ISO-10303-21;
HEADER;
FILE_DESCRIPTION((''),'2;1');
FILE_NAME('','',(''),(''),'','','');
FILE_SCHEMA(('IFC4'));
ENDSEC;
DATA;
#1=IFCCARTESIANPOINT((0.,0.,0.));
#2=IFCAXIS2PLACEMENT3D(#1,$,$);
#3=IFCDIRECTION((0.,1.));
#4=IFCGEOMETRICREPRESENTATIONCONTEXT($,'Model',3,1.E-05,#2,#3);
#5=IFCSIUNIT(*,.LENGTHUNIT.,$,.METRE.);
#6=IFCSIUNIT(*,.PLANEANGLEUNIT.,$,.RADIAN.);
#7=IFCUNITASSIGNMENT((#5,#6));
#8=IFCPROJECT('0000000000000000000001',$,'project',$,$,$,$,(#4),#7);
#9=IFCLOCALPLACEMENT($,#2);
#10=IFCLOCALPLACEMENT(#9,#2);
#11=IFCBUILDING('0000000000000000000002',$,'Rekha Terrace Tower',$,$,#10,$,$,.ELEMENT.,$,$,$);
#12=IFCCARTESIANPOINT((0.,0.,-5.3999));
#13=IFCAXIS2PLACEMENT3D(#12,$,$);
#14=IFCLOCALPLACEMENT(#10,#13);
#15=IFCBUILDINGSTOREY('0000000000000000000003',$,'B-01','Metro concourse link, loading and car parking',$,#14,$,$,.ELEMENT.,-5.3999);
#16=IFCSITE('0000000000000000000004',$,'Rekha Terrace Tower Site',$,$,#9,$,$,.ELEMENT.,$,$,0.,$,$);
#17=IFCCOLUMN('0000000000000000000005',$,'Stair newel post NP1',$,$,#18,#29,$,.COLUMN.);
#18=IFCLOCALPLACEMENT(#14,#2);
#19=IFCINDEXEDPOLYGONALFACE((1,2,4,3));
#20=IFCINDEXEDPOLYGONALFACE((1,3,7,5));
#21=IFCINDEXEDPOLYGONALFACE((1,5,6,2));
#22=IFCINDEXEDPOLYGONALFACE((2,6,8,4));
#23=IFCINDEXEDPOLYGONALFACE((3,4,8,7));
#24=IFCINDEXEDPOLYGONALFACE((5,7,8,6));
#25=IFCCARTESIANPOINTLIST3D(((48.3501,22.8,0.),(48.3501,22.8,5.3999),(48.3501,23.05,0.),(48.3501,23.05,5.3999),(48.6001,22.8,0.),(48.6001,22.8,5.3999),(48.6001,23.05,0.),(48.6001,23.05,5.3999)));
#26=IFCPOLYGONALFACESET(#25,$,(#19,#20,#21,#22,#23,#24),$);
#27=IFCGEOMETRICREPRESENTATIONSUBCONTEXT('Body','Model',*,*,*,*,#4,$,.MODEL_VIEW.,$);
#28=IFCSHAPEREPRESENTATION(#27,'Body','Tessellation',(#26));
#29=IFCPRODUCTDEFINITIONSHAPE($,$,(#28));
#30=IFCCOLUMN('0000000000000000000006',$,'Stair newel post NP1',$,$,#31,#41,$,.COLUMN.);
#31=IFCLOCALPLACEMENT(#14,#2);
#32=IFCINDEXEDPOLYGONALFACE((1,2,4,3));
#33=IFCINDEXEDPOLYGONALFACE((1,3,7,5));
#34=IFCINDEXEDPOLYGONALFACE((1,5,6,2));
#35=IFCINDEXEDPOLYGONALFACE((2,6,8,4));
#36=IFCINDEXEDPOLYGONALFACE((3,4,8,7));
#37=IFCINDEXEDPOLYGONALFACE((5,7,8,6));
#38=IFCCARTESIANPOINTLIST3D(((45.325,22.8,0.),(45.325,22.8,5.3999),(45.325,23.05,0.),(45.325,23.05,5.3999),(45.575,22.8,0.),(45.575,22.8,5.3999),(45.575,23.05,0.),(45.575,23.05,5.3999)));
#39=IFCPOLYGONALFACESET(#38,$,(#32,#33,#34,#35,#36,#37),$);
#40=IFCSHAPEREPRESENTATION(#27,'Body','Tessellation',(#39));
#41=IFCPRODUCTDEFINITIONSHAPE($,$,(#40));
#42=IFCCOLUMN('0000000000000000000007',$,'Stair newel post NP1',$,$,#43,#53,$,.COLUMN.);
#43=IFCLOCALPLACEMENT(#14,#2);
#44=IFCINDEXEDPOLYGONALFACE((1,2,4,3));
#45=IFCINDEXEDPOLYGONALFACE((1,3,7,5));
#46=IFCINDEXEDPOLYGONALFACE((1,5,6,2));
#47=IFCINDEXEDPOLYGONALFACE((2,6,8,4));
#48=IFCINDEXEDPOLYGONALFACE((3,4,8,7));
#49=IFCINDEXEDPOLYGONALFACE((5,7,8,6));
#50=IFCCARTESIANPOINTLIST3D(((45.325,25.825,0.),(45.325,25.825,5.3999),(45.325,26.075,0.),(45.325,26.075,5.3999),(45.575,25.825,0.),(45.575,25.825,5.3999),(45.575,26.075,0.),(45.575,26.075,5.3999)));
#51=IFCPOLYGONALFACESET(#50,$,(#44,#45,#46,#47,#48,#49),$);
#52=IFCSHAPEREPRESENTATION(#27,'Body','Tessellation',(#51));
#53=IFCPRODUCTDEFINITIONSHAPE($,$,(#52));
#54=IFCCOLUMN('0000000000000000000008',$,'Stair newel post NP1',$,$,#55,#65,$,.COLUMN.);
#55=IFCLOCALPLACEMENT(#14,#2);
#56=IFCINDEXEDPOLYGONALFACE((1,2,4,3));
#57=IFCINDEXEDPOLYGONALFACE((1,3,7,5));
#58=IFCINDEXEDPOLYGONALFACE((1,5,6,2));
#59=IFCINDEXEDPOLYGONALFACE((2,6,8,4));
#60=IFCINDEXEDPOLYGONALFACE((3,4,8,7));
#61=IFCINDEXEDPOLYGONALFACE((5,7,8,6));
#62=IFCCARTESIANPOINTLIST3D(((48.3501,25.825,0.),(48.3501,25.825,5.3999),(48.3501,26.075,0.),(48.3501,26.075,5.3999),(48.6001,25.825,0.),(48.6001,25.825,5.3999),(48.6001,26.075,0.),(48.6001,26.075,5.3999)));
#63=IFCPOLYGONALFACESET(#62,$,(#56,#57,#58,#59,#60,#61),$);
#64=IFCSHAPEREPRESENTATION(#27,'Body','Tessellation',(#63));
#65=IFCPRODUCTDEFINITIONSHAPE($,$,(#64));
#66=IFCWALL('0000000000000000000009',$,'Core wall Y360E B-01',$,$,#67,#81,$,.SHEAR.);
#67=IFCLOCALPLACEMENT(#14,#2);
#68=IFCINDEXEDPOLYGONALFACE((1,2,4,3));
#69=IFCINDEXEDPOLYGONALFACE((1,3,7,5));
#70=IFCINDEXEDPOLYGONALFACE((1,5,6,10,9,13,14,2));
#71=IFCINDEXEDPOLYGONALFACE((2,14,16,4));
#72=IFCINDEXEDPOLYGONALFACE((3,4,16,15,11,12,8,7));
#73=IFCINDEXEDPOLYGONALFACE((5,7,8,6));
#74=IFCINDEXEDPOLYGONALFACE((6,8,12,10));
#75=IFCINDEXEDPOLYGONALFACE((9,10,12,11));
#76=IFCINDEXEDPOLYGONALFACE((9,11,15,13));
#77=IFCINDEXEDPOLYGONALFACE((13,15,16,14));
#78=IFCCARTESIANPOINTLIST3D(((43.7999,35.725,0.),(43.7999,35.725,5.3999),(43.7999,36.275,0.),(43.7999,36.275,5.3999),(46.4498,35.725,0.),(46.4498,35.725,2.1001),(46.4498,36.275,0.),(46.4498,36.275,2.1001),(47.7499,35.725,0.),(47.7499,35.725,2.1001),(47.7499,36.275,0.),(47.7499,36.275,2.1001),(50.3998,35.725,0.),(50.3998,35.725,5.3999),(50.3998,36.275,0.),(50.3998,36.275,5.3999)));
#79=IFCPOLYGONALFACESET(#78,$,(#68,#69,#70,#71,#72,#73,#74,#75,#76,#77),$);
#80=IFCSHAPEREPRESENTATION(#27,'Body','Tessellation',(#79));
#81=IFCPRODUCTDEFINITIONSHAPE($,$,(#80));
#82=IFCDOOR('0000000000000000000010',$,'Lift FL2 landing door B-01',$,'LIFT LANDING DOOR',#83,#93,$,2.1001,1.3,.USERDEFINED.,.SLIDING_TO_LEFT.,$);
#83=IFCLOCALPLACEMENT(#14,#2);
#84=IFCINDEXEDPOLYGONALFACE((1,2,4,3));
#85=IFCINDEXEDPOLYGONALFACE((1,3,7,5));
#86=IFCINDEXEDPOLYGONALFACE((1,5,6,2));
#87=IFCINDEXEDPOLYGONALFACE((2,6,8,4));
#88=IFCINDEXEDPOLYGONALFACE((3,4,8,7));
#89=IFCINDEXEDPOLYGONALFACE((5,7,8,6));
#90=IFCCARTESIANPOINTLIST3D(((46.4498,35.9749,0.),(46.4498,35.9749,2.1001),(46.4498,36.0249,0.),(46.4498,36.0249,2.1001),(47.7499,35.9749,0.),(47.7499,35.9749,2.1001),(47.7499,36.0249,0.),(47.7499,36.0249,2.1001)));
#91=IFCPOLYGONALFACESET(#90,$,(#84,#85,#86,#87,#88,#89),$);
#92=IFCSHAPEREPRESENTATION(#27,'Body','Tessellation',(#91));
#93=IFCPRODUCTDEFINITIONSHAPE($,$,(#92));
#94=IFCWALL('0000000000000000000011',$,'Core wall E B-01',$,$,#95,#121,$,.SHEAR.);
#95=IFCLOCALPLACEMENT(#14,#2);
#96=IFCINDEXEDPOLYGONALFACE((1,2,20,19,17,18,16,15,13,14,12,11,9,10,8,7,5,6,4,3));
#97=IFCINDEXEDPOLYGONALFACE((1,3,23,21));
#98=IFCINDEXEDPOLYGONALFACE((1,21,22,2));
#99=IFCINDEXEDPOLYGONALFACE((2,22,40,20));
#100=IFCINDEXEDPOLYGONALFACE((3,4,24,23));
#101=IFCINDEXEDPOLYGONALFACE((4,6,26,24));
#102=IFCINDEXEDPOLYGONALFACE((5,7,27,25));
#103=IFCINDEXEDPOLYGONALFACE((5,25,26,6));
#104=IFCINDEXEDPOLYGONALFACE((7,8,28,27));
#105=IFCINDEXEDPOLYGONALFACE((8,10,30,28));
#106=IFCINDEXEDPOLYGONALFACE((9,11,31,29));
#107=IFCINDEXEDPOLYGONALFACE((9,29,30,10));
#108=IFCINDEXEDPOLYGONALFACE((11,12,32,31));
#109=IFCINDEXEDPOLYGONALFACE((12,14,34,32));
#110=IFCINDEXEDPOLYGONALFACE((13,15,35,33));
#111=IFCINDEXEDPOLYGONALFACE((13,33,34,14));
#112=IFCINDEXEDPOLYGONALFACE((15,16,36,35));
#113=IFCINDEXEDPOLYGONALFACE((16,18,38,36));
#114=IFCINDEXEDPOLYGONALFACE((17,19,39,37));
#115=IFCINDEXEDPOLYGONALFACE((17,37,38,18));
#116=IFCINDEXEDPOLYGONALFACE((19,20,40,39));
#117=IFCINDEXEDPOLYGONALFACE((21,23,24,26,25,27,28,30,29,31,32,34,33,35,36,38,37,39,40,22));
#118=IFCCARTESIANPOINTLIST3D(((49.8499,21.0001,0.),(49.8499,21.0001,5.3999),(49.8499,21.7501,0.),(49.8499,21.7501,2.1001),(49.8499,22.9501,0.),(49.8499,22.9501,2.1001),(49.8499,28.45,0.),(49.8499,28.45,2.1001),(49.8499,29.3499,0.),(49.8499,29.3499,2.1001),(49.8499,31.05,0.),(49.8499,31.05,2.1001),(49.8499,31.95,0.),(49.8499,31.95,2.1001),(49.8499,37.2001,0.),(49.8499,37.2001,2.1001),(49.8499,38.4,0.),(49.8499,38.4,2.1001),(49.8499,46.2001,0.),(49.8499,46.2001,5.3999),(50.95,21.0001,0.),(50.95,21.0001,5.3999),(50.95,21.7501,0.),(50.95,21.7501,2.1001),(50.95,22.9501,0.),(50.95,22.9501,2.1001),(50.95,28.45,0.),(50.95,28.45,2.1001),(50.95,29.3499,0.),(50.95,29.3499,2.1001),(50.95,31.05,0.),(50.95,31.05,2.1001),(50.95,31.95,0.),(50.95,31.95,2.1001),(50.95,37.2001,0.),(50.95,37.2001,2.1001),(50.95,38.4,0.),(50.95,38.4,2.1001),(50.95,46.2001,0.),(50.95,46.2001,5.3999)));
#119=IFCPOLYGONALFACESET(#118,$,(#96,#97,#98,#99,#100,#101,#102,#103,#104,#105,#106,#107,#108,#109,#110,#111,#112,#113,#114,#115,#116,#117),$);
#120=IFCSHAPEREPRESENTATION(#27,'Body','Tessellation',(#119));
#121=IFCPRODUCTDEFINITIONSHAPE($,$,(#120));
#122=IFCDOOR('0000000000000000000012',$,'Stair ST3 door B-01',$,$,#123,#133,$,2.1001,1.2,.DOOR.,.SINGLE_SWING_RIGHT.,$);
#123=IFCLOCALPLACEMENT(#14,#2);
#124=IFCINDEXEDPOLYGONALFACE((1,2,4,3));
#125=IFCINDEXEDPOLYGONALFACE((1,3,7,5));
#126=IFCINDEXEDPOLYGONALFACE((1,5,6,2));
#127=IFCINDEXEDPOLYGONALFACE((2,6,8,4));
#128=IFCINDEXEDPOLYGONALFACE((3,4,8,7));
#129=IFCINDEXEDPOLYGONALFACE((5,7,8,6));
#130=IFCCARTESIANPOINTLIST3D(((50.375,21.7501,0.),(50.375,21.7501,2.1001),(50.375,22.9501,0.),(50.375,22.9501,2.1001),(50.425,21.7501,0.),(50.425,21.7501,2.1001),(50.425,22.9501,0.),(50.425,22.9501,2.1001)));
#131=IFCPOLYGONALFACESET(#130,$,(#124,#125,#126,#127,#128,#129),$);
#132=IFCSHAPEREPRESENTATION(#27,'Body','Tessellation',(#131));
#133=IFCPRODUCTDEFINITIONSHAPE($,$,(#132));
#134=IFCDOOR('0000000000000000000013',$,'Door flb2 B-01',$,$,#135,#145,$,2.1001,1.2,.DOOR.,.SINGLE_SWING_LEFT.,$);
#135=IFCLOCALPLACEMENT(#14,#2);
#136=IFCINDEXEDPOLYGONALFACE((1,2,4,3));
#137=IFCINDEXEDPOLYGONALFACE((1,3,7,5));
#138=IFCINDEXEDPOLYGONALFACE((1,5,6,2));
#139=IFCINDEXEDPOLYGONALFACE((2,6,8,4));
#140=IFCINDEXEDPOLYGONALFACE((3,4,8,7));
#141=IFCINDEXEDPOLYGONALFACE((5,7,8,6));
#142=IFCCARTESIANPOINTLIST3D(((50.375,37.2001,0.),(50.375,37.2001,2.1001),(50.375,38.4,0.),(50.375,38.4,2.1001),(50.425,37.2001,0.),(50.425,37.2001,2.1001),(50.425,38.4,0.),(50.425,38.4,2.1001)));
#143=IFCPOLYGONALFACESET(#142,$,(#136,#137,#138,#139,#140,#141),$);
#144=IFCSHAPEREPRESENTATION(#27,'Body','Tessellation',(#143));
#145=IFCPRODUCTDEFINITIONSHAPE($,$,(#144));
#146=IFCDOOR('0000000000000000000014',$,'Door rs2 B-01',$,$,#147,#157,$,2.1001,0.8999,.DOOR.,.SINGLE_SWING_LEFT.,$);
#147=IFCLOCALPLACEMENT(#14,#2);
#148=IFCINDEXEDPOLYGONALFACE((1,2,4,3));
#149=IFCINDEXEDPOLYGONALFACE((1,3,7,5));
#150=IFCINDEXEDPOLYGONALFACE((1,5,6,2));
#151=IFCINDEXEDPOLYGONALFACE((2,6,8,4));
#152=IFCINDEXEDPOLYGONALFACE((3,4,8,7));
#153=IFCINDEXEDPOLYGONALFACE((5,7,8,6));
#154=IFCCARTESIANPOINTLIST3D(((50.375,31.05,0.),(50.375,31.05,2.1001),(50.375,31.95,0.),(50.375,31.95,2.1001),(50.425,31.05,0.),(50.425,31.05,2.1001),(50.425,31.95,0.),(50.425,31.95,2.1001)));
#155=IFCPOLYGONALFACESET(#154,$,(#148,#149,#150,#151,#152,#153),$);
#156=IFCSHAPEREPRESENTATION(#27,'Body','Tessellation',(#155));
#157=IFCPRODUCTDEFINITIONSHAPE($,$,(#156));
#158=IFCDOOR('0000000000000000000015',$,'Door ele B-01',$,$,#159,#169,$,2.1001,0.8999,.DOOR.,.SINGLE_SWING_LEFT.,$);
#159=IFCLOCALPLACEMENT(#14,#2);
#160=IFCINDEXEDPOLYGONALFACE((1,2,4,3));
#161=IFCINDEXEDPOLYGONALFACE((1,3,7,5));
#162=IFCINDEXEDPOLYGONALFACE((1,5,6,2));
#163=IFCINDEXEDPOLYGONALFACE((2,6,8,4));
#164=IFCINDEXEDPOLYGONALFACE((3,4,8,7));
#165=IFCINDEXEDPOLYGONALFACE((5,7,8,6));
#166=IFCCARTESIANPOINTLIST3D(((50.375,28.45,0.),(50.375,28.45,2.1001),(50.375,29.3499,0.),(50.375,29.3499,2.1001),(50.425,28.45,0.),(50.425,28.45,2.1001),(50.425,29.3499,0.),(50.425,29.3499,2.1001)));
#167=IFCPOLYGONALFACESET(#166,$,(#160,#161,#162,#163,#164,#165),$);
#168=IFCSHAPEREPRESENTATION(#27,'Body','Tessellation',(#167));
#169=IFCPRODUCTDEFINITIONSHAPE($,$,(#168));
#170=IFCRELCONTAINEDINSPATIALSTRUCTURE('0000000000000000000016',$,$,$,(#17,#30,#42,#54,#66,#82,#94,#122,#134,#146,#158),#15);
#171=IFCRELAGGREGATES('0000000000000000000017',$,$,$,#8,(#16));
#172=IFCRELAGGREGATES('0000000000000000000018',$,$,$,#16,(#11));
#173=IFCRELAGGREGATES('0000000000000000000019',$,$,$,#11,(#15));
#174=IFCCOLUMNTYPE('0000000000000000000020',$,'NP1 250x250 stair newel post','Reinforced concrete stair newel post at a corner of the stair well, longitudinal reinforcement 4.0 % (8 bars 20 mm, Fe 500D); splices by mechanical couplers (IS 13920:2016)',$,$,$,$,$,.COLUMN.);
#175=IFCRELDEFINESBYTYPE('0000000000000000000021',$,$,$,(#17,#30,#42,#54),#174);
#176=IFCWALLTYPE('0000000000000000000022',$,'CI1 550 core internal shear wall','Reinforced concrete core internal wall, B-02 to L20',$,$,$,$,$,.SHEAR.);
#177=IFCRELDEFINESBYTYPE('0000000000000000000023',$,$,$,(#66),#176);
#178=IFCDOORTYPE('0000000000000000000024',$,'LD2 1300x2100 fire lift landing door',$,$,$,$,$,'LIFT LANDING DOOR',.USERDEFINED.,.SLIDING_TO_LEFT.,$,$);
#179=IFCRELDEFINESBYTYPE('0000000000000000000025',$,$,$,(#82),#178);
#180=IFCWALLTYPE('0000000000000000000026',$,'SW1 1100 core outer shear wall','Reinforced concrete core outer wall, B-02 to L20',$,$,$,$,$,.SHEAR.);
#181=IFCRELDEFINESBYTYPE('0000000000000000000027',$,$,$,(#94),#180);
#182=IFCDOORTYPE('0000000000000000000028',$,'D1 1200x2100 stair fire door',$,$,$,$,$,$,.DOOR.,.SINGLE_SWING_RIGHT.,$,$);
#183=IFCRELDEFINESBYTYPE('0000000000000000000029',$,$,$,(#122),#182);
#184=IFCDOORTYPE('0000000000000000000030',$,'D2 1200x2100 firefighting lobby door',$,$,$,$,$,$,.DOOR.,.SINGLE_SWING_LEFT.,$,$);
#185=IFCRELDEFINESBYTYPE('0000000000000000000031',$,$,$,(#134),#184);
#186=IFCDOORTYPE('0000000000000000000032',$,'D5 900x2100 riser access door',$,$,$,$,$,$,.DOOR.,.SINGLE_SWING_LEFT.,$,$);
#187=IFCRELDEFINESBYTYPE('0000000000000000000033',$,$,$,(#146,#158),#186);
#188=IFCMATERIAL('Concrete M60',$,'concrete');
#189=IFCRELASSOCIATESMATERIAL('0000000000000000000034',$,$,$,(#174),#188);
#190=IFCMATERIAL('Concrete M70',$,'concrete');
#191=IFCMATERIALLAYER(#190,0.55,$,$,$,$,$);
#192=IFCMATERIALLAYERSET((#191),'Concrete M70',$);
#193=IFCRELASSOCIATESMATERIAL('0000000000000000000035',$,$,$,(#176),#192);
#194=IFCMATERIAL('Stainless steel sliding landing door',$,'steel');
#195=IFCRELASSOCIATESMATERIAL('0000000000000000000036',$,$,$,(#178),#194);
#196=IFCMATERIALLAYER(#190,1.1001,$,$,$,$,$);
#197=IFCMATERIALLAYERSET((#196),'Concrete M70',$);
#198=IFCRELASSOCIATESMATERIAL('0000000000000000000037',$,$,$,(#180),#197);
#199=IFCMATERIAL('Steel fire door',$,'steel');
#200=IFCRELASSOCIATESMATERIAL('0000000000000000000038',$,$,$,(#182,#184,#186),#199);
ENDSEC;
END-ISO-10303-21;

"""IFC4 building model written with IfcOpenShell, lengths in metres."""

from ifc_helpers import new_model, si_unit, direction, frame, frame_2d, origin, origin_2d, place, context, subcontext, project, spatial, rectangle, extrude, material, layer, layer_set, material_profile, profile_set, type_object, element, fill, save


model = new_model("IFC4")

# Units and contexts
model_context = context("Model", 3, precision=1e-05, world=origin(), true_north=direction((0.0, 1.0)))
body_context = subcontext(model_context, "Body", "Model", "MODEL_VIEW")
ifc_project = project(units=[si_unit("LENGTHUNIT", "METRE"), si_unit("PLANEANGLEUNIT", "RADIAN")], contexts=[model_context])

# Site, building, storey
site_placement = place(None, origin())
site = spatial("IfcSite", under=ifc_project, at=site_placement, Name="Rekha Terrace Tower Site", CompositionType="ELEMENT", RefElevation=0.0)
building_placement = place(site_placement, origin())
building = spatial("IfcBuilding", under=site, at=building_placement, Name="Rekha Terrace Tower", CompositionType="ELEMENT")
storey_placement = place(building_placement, frame((0.0, 0.0, -5.3999)))
storey = spatial("IfcBuildingStorey", under=building, at=storey_placement, Name="B-01", Description="Metro concourse link, loading and car parking", CompositionType="ELEMENT", Elevation=-5.3999)

# Columns
ifc_material_1 = material(Name="Concrete M60", Category="concrete")
ifc_material_profile = material_profile(ifc_material_1, rectangle(XDim=0.25, YDim=0.25, at=origin_2d()), Name="RC 250x250")
ifc_profile_set = profile_set([ifc_material_profile], Name="Concrete M60")
column_type = type_object("IfcColumnType", Name="NP1 250x250 stair newel post", Description="Reinforced concrete stair newel post at a corner of the stair well, longitudinal reinforcement 4.0 % (8 bars 20 mm, Fe 500D); splices by mechanical couplers (IS 13920:2016)", PredefinedType="COLUMN", material=ifc_profile_set)
for number, where, z_axis, x_axis, name in (
    (1, (48.4751, 22.925, 0.0), (0.0, 0.0, 1.0), (1.0, 0.0, 0.0), "Stair newel post NP1"),
    (2, (45.45, 22.925, 0.0), (0.0, 0.0, 1.0), (1.0, 0.0, 0.0), "Stair newel post NP1"),
    (3, (45.45, 25.95, 0.0), (0.0, 0.0, 1.0), (1.0, 0.0, 0.0), "Stair newel post NP1"),
    (4, (48.4751, 25.95, 0.0), (0.0, 0.0, 1.0), (1.0, 0.0, 0.0), "Stair newel post NP1"),
):
    element("IfcColumn", number, at=place(storey_placement, frame(where, z_axis=z_axis, x_axis=x_axis)), inside=storey, type_object=column_type, Name=name, PredefinedType="COLUMN", context=body_context, shape_type="SweptSolid", body=[
        extrude(rectangle(XDim=0.25, YDim=0.25, at=origin_2d()), origin(), (0.0, 0.0, 1.0), 5.3999),
    ])

# Wall, opening, door
ifc_material_2 = material(Name="Concrete M70", Category="concrete")
ifc_layer_1 = layer(ifc_material_2, 0.55)
ifc_layer_set_1 = layer_set([ifc_layer_1], Name="Concrete M70")
wall_type_1 = type_object("IfcWallType", Name="CI1 550 core internal shear wall", Description="Reinforced concrete core internal wall, B-02 to L20", PredefinedType="SHEAR", material=ifc_layer_set_1)
wall_1_placement = place(storey_placement, frame((43.8, 36.0, 0.0), z_axis=(0.0, 0.0, 1.0), x_axis=(1.0, 0.0, 0.0)))
wall_1 = element("IfcWall", 5, at=wall_1_placement, inside=storey, type_object=wall_type_1, Name="Core wall Y360E B-01", PredefinedType="SHEAR", context=body_context, shape_type="SweptSolid", body=[
    extrude(rectangle(XDim=6.5999, YDim=0.55, at=frame_2d((3.2998, 0.0))), origin(), (0.0, 0.0, 1.0), 5.3999),
])
opening_1_placement = place(wall_1_placement, frame((2.6499, 0.0, 0.0)))
opening_1 = element("IfcOpeningElement", 6, at=opening_1_placement, cuts=wall_1, PredefinedType="OPENING", context=body_context, shape_type="SweptSolid", body=[
    extrude(rectangle(XDim=1.3, YDim=2.1001, at=frame_2d((0.6499, 1.05))), frame((0.0, 0.2849, 0.0), z_axis=(0.0, -1.0, 0.0), x_axis=(1.0, 0.0, 0.0)), (0.0, 0.0, 1.0), 0.5701),
])
ifc_material_3 = material(Name="Stainless steel sliding landing door", Category="steel")
door_type_1 = type_object("IfcDoorType", Name="LD2 1300x2100 fire lift landing door", ElementType="LIFT LANDING DOOR", OperationType="SLIDING_TO_LEFT", PredefinedType="USERDEFINED", material=ifc_material_3)
door_1_placement = place(opening_1_placement, origin())
door_1 = element("IfcDoor", 7, at=door_1_placement, inside=storey, type_object=door_type_1, Name="Lift FL2 landing door B-01", ObjectType="LIFT LANDING DOOR", OperationType="SLIDING_TO_LEFT", OverallHeight=2.1001, OverallWidth=1.3, PredefinedType="USERDEFINED", context=body_context, shape_type="SweptSolid", body=[
    extrude(rectangle(XDim=1.3, YDim=2.1001, at=frame_2d((0.6499, 1.05))), frame((0.0, 0.0249, 0.0), z_axis=(0.0, -1.0, 0.0), x_axis=(1.0, 0.0, 0.0)), (0.0, 0.0, 1.0), 0.05),
])
fill(opening_1, door_1)

# Wall, openings, doors
ifc_layer_2 = layer(ifc_material_2, 1.1001)
ifc_layer_set_2 = layer_set([ifc_layer_2], Name="Concrete M70")
wall_type_2 = type_object("IfcWallType", Name="SW1 1100 core outer shear wall", Description="Reinforced concrete core outer wall, B-02 to L20", PredefinedType="SHEAR", material=ifc_layer_set_2)
wall_2_placement = place(storey_placement, frame((50.3999, 21.0, 0.0), z_axis=(0.0, 0.0, 1.0), x_axis=(0.0, 1.0, 0.0)))
wall_2 = element("IfcWall", 8, at=wall_2_placement, inside=storey, type_object=wall_type_2, Name="Core wall E B-01", PredefinedType="SHEAR", context=body_context, shape_type="SweptSolid", body=[
    extrude(rectangle(XDim=25.2, YDim=1.1001, at=frame_2d((12.6001, 0.0))), origin(), (0.0, 0.0, 1.0), 5.3999),
])
opening_2_placement = place(wall_2_placement, frame((16.2, 0.0, 0.0)))
opening_2 = element("IfcOpeningElement", 9, at=opening_2_placement, cuts=wall_2, PredefinedType="OPENING", context=body_context, shape_type="SweptSolid", body=[
    extrude(rectangle(XDim=1.2, YDim=2.1001, at=frame_2d((0.6001, 1.05))), frame((0.0, 0.5601, 0.0), z_axis=(0.0, -1.0, 0.0), x_axis=(1.0, 0.0, 0.0)), (0.0, 0.0, 1.0), 1.1201),
])
opening_3_placement = place(wall_2_placement, frame((10.05, 0.0, 0.0)))
opening_3 = element("IfcOpeningElement", 10, at=opening_3_placement, cuts=wall_2, PredefinedType="OPENING", context=body_context, shape_type="SweptSolid", body=[
    extrude(rectangle(XDim=0.8999, YDim=2.1001, at=frame_2d((0.45, 1.05))), frame((0.0, 0.5601, 0.0), z_axis=(0.0, -1.0, 0.0), x_axis=(1.0, 0.0, 0.0)), (0.0, 0.0, 1.0), 1.1201),
])
opening_4_placement = place(wall_2_placement, frame((7.45, 0.0, 0.0)))
opening_4 = element("IfcOpeningElement", 11, at=opening_4_placement, cuts=wall_2, PredefinedType="OPENING", context=body_context, shape_type="SweptSolid", body=[
    extrude(rectangle(XDim=0.8999, YDim=2.1001, at=frame_2d((0.45, 1.05))), frame((0.0, 0.5601, 0.0), z_axis=(0.0, -1.0, 0.0), x_axis=(1.0, 0.0, 0.0)), (0.0, 0.0, 1.0), 1.1201),
])
opening_5_placement = place(wall_2_placement, frame((0.75, 0.0, 0.0)))
opening_5 = element("IfcOpeningElement", 12, at=opening_5_placement, cuts=wall_2, PredefinedType="OPENING", context=body_context, shape_type="SweptSolid", body=[
    extrude(rectangle(XDim=1.2, YDim=2.1001, at=frame_2d((0.6001, 1.05))), frame((0.0, 0.5601, 0.0), z_axis=(0.0, -1.0, 0.0), x_axis=(1.0, 0.0, 0.0)), (0.0, 0.0, 1.0), 1.1201),
])
ifc_material_4 = material(Name="Steel fire door", Category="steel")
door_type_2 = type_object("IfcDoorType", Name="D1 1200x2100 stair fire door", OperationType="SINGLE_SWING_RIGHT", PredefinedType="DOOR", material=ifc_material_4)
door_2_placement = place(opening_5_placement, origin())
door_2 = element("IfcDoor", 13, at=door_2_placement, inside=storey, type_object=door_type_2, Name="Stair ST3 door B-01", OperationType="SINGLE_SWING_RIGHT", OverallHeight=2.1001, OverallWidth=1.2, PredefinedType="DOOR", context=body_context, shape_type="SweptSolid", body=[
    extrude(rectangle(XDim=1.2, YDim=2.1001, at=frame_2d((0.6001, 1.05))), frame((0.0, 0.0249, 0.0), z_axis=(0.0, -1.0, 0.0), x_axis=(1.0, 0.0, 0.0)), (0.0, 0.0, 1.0), 0.05),
])
fill(opening_5, door_2)
door_type_3 = type_object("IfcDoorType", Name="D2 1200x2100 firefighting lobby door", OperationType="SINGLE_SWING_LEFT", PredefinedType="DOOR", material=ifc_material_4)
door_3_placement = place(opening_2_placement, origin())
door_3 = element("IfcDoor", 14, at=door_3_placement, inside=storey, type_object=door_type_3, Name="Door flb2 B-01", OperationType="SINGLE_SWING_LEFT", OverallHeight=2.1001, OverallWidth=1.2, PredefinedType="DOOR", context=body_context, shape_type="SweptSolid", body=[
    extrude(rectangle(XDim=1.2, YDim=2.1001, at=frame_2d((0.6001, 1.05))), frame((0.0, 0.0249, 0.0), z_axis=(0.0, -1.0, 0.0), x_axis=(1.0, 0.0, 0.0)), (0.0, 0.0, 1.0), 0.05),
])
fill(opening_2, door_3)
door_type_4 = type_object("IfcDoorType", Name="D5 900x2100 riser access door", OperationType="SINGLE_SWING_LEFT", PredefinedType="DOOR", material=ifc_material_4)
door_4_placement = place(opening_3_placement, origin())
door_4 = element("IfcDoor", 15, at=door_4_placement, inside=storey, type_object=door_type_4, Name="Door rs2 B-01", OperationType="SINGLE_SWING_LEFT", OverallHeight=2.1001, OverallWidth=0.8999, PredefinedType="DOOR", context=body_context, shape_type="SweptSolid", body=[
    extrude(rectangle(XDim=0.8999, YDim=2.1001, at=frame_2d((0.45, 1.05))), frame((0.0, 0.0249, 0.0), z_axis=(0.0, -1.0, 0.0), x_axis=(1.0, 0.0, 0.0)), (0.0, 0.0, 1.0), 0.05),
])
fill(opening_3, door_4)
door_5_placement = place(opening_4_placement, origin())
door_5 = element("IfcDoor", 16, at=door_5_placement, inside=storey, type_object=door_type_4, Name="Door ele B-01", OperationType="SINGLE_SWING_LEFT", OverallHeight=2.1001, OverallWidth=0.8999, PredefinedType="DOOR", context=body_context, shape_type="SweptSolid", body=[
    extrude(rectangle(XDim=0.8999, YDim=2.1001, at=frame_2d((0.45, 1.05))), frame((0.0, 0.0249, 0.0), z_axis=(0.0, -1.0, 0.0), x_axis=(1.0, 0.0, 0.0)), (0.0, 0.0, 1.0), 0.05),
])
fill(opening_4, door_5)

save(model, "model.ifc")
